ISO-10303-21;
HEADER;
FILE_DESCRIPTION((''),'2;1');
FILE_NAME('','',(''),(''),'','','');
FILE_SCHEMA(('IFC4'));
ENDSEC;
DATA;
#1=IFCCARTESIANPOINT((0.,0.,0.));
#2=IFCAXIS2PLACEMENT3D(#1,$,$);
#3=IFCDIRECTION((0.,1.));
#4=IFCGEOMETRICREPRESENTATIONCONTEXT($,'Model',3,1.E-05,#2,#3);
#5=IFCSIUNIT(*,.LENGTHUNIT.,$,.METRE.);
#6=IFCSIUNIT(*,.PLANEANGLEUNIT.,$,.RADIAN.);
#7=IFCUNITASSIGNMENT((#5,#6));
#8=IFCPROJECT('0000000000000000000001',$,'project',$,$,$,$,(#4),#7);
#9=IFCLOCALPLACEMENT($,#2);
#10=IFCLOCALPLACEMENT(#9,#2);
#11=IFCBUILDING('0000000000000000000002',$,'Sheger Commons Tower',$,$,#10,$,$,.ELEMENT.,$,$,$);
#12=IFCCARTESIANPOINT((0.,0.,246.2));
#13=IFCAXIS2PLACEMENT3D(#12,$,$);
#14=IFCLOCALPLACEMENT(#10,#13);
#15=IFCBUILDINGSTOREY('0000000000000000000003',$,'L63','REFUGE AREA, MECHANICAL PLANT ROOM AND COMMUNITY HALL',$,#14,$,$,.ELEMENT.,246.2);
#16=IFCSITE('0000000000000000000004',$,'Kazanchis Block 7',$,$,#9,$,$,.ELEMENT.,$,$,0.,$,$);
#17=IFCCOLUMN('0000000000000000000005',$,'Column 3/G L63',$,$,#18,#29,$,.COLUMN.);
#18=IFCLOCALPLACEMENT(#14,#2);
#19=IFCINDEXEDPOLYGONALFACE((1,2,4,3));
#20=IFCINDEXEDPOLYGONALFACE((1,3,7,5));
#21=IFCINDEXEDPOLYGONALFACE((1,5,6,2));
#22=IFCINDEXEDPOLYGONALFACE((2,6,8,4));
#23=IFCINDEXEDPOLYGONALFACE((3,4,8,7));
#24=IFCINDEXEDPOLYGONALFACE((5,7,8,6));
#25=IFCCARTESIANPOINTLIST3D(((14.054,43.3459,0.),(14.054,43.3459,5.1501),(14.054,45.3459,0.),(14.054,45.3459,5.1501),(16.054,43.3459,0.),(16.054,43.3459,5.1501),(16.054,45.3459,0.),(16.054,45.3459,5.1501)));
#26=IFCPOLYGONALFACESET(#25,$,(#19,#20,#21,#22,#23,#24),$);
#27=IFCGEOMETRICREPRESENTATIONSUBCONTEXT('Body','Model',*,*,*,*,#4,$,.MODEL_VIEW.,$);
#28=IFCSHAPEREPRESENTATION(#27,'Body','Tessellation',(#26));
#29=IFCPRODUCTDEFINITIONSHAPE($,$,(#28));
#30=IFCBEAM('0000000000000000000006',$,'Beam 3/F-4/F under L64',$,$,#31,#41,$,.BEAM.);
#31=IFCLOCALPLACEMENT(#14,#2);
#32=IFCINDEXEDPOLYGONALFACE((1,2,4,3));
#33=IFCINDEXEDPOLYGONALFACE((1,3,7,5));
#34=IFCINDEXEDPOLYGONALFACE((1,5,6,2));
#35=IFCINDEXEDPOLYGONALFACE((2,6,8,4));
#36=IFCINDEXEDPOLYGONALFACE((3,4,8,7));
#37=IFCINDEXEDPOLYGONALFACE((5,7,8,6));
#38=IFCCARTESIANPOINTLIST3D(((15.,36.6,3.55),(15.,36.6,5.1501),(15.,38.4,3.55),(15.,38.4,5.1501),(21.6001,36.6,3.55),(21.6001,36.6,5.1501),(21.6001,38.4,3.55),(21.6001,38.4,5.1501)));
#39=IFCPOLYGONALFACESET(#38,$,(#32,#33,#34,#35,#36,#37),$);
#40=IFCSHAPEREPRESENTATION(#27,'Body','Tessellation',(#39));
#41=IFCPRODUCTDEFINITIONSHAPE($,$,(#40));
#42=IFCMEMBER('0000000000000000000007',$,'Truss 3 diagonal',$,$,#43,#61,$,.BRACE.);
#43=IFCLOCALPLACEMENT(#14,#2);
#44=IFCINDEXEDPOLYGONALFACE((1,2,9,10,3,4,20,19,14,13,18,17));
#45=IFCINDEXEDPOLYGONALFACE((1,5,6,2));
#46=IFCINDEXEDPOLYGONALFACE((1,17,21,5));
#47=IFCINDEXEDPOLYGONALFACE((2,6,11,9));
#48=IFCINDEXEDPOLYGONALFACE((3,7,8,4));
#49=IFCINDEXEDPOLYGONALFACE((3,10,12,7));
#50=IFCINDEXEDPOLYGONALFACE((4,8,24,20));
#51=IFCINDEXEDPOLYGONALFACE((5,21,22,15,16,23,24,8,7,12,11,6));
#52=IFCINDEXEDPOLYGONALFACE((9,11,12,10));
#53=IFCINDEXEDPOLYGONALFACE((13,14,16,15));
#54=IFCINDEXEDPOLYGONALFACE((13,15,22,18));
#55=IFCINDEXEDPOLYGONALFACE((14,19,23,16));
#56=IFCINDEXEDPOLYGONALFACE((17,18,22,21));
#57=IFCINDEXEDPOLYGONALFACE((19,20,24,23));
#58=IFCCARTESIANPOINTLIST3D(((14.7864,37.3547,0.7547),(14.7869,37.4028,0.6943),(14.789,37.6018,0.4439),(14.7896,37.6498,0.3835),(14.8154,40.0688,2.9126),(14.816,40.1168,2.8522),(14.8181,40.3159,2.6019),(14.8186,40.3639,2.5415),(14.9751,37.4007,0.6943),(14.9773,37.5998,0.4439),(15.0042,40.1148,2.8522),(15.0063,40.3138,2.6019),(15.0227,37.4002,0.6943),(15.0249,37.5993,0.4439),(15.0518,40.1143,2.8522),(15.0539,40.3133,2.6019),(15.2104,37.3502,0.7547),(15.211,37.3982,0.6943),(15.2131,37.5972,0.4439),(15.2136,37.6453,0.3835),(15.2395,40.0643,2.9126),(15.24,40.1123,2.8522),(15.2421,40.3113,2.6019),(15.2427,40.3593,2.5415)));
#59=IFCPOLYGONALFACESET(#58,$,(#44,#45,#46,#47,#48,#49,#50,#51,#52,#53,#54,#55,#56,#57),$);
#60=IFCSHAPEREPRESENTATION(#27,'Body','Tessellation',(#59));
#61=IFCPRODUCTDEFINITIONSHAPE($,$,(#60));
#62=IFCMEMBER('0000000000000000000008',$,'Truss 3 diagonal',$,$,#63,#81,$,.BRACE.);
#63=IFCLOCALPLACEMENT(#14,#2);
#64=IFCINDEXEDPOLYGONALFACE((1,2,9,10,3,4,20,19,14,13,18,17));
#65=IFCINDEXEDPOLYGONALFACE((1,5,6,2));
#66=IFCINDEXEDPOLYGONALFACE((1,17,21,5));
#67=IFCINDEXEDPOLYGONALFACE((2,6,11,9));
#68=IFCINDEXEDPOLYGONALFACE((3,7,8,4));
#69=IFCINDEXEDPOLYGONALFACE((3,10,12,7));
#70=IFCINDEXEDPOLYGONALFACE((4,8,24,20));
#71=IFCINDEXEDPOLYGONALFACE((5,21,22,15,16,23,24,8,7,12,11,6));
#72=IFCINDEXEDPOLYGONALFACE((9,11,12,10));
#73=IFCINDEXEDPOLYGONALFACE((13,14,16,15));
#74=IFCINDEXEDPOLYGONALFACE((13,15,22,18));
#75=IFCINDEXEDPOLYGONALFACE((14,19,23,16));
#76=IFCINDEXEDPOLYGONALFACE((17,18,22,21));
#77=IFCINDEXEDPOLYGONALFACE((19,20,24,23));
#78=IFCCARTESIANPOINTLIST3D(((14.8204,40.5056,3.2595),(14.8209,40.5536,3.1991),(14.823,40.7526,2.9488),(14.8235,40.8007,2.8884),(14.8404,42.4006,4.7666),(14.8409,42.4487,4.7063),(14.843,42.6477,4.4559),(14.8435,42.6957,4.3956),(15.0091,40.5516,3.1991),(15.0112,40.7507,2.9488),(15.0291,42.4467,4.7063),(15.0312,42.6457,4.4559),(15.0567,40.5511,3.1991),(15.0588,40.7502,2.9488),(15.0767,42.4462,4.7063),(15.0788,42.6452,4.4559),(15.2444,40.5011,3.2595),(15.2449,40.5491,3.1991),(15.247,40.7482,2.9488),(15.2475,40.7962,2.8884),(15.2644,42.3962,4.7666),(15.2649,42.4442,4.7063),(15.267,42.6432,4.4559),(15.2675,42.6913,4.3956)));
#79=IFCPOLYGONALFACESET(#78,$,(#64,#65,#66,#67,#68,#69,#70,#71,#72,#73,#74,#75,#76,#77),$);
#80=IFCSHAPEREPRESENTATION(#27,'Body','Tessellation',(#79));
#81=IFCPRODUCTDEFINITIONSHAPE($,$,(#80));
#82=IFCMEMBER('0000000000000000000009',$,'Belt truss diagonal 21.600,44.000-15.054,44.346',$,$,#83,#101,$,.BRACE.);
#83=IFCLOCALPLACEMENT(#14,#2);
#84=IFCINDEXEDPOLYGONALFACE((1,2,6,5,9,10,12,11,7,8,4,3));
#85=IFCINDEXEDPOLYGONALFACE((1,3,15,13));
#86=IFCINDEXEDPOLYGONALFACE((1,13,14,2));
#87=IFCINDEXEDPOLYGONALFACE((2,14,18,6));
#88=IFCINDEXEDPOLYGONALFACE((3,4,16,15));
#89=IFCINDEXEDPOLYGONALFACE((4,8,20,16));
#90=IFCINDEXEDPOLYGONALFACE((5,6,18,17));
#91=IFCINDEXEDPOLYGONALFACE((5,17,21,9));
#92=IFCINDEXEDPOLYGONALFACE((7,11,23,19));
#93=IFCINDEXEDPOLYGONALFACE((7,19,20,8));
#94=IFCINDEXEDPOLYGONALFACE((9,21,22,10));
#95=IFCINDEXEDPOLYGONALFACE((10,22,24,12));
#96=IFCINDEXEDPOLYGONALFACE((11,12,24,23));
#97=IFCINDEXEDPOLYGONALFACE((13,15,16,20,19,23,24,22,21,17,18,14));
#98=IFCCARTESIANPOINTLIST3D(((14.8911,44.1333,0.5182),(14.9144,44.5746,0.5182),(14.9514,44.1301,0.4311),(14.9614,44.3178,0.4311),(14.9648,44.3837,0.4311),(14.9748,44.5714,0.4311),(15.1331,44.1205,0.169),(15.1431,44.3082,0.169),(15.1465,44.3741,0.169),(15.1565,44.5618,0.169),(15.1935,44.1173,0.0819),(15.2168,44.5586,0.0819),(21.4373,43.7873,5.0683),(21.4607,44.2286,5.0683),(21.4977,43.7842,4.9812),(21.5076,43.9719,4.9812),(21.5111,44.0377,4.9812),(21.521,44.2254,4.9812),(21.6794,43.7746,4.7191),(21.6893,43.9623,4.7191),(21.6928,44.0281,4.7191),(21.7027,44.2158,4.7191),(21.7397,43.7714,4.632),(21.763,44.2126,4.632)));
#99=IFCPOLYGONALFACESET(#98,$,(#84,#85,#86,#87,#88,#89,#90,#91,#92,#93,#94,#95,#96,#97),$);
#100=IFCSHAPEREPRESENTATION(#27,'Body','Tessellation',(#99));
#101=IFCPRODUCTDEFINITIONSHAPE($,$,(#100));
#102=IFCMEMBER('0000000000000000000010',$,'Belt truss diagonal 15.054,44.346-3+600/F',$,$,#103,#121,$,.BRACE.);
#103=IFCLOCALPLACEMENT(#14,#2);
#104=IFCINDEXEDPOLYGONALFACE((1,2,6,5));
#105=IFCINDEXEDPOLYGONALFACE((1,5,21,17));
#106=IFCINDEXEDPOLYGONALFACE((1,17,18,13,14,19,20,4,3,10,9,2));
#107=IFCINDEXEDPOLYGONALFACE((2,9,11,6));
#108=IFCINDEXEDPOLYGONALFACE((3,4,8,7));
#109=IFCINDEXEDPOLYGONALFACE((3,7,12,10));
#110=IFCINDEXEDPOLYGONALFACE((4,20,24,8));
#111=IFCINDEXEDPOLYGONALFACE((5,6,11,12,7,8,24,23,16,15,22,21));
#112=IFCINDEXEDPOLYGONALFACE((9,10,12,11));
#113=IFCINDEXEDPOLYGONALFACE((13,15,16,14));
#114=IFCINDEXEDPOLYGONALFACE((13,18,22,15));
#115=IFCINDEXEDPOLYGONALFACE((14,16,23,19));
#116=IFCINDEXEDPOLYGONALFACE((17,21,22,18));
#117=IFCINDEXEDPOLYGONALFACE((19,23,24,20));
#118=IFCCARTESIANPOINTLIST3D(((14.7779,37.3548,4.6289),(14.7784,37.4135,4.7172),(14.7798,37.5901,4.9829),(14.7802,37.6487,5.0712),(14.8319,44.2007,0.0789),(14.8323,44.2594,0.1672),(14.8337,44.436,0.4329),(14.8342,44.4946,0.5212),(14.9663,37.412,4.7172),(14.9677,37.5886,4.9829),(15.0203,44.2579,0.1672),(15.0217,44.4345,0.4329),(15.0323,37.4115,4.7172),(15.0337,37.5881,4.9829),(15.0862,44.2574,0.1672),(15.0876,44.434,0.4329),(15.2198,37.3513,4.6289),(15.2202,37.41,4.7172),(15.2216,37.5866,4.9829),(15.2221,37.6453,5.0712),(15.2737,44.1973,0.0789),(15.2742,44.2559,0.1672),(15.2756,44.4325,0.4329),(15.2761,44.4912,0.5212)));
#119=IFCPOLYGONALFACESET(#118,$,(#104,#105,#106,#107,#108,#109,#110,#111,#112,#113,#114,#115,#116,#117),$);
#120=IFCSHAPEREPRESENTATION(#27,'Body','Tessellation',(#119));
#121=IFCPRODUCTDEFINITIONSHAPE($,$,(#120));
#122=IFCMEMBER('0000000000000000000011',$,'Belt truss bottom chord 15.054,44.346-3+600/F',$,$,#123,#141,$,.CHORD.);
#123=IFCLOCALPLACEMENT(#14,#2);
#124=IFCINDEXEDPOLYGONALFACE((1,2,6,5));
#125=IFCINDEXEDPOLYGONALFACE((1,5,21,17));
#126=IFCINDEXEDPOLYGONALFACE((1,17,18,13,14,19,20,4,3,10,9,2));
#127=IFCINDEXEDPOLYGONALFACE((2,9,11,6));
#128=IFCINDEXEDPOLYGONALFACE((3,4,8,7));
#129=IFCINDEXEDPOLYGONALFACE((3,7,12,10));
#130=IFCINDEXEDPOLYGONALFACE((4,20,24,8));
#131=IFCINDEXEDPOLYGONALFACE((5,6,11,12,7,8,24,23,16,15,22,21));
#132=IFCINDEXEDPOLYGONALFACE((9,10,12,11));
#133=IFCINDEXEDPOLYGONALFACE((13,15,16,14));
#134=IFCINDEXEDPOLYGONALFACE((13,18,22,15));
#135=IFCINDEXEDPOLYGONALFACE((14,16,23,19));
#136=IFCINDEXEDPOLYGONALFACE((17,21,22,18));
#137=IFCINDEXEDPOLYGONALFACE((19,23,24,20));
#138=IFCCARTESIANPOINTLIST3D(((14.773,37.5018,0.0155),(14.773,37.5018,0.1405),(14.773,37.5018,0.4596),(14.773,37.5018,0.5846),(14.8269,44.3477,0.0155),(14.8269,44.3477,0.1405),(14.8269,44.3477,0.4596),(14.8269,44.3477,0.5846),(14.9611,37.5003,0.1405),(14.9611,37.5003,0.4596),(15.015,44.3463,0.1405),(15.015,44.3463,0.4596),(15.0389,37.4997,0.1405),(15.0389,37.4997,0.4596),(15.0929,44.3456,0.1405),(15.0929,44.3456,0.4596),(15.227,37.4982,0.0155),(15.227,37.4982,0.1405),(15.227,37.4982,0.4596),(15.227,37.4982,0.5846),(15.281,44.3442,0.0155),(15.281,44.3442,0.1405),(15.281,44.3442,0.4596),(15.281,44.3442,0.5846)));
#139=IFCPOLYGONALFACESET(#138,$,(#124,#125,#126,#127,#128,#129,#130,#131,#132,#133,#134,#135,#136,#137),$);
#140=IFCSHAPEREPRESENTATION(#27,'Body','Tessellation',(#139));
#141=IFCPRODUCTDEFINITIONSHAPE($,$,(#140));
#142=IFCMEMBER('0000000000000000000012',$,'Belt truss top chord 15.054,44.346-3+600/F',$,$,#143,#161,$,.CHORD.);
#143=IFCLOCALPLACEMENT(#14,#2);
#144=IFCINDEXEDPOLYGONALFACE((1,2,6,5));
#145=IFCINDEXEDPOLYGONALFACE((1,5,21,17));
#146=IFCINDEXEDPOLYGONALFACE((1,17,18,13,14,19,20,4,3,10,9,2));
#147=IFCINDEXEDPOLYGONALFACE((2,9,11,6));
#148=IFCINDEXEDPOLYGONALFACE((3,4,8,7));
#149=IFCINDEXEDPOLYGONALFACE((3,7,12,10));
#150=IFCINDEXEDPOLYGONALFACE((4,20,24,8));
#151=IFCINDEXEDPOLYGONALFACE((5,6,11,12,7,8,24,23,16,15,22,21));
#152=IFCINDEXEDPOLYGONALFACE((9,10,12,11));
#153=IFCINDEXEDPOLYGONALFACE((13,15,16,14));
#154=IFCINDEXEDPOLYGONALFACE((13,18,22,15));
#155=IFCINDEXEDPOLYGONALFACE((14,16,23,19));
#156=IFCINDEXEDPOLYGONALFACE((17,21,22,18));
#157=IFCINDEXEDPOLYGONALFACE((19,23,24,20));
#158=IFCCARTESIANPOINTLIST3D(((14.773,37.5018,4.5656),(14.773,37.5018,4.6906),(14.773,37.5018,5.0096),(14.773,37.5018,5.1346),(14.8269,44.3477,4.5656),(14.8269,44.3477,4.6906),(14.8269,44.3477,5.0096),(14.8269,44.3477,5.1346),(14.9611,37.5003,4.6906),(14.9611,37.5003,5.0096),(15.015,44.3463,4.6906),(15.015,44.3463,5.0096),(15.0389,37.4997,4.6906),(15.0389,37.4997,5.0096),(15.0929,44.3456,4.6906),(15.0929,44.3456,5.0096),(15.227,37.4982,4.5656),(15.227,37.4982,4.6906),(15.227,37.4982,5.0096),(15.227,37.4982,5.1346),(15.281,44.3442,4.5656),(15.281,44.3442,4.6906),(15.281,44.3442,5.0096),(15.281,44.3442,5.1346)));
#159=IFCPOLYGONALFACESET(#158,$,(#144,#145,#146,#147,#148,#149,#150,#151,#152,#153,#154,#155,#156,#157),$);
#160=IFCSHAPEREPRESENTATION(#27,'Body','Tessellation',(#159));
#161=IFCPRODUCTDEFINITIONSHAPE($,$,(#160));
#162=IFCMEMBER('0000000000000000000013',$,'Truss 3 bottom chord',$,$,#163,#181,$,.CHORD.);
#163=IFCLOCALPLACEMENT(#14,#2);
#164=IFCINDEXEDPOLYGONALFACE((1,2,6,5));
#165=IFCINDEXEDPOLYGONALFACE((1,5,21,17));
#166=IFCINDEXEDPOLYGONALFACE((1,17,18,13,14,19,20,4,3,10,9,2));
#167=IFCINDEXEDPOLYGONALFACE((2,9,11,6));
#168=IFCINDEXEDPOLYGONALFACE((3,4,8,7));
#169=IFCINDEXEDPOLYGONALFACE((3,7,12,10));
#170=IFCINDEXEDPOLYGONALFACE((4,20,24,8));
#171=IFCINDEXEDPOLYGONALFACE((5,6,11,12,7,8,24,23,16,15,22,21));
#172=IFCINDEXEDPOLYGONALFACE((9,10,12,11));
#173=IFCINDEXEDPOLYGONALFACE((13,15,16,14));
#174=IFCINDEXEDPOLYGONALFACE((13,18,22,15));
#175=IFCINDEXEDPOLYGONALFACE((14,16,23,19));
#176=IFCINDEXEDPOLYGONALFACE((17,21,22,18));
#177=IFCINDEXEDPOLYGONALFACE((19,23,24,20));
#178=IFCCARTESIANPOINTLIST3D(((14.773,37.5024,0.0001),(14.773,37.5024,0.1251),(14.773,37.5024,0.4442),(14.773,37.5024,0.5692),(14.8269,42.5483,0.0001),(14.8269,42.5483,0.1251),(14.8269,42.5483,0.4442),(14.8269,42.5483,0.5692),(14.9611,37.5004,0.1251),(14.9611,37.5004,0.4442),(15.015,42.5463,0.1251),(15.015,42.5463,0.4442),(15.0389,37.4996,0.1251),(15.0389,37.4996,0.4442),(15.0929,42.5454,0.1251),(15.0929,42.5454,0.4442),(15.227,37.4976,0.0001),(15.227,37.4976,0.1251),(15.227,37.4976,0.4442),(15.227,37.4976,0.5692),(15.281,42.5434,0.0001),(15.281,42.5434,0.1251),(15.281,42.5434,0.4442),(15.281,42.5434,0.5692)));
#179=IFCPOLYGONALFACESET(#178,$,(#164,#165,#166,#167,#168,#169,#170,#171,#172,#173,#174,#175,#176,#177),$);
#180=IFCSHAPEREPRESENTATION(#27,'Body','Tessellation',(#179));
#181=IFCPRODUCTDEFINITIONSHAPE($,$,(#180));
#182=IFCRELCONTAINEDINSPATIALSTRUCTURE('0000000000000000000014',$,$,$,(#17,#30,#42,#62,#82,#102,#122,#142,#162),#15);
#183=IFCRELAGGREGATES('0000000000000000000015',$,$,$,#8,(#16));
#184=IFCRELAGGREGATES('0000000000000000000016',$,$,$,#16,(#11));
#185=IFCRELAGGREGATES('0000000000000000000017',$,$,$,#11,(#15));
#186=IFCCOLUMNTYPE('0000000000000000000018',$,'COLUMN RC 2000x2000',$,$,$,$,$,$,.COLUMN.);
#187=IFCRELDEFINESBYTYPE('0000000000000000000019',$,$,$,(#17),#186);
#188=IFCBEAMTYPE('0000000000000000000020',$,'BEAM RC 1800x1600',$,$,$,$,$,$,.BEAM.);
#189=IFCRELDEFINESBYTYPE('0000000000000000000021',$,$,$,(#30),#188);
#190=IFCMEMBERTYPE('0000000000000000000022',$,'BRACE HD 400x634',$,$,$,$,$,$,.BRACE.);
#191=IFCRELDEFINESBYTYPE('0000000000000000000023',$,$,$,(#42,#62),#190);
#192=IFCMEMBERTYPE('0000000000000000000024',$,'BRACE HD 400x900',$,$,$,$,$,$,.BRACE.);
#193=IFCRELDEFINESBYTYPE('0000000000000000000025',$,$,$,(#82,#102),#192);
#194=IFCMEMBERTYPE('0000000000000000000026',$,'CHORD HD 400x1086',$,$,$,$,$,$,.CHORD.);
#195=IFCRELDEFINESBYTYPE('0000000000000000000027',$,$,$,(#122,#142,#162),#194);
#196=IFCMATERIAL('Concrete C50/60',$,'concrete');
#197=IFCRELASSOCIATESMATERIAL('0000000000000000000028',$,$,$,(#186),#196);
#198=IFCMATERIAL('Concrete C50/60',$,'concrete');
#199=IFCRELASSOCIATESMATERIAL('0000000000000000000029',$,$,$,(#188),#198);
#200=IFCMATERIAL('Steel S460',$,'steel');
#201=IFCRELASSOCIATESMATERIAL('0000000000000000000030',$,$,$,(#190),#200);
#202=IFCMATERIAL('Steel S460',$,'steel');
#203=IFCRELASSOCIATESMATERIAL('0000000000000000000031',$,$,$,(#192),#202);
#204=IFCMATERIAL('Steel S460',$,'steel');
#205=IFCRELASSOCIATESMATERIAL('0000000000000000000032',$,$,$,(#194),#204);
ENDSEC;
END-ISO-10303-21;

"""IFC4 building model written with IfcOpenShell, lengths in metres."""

from ifc_helpers import new_model, si_unit, direction, frame, origin, origin_2d, place, context, subcontext, project, spatial, rectangle, i_section, extrude, material, material_profile, profile_set, type_object, element, save


model = new_model("IFC4")

# Units and contexts
model_context = context("Model", 3, precision=1e-05, world=origin(), true_north=direction((0.0, 1.0)))
body_context = subcontext(model_context, "Body", "Model", "MODEL_VIEW")
ifc_project = project(units=[si_unit("LENGTHUNIT", "METRE"), si_unit("PLANEANGLEUNIT", "RADIAN")], contexts=[model_context])

# Site, building, storey
site_placement = place(None, origin())
site = spatial("IfcSite", under=ifc_project, at=site_placement, Name="Kazanchis Block 7", CompositionType="ELEMENT", RefElevation=0.0)
building_placement = place(site_placement, origin())
building = spatial("IfcBuilding", under=site, at=building_placement, Name="Sheger Commons Tower", CompositionType="ELEMENT")
storey_placement = place(building_placement, frame((0.0, 0.0, 246.2)))
storey = spatial("IfcBuildingStorey", under=building, at=storey_placement, Name="L63", Description="REFUGE AREA, MECHANICAL PLANT ROOM AND COMMUNITY HALL", CompositionType="ELEMENT", Elevation=246.2)

# Column
ifc_material_1 = material(Name="Concrete C50/60", Category="concrete")
ifc_material_profile_1 = material_profile(ifc_material_1, rectangle(XDim=2.0, YDim=2.0, at=origin_2d()), Name="RC 2000x2000")
ifc_profile_set_1 = profile_set([ifc_material_profile_1], Name="Concrete C50/60")
column_type = type_object("IfcColumnType", Name="COLUMN RC 2000x2000", PredefinedType="COLUMN", material=ifc_profile_set_1)
column_placement = place(storey_placement, frame((15.054, 44.3459, 0.0), z_axis=(0.0, 0.0, 1.0), x_axis=(1.0, 0.0, 0.0)))
element("IfcColumn", 1, at=column_placement, inside=storey, type_object=column_type, Name="Column 3/G L63", PredefinedType="COLUMN", context=body_context, shape_type="SweptSolid", body=[
    extrude(rectangle(XDim=2.0, YDim=2.0, at=origin_2d()), origin(), (0.0, 0.0, 1.0), 5.1501),
])

# Beam
ifc_material_2 = material(Name="Concrete C50/60", Category="concrete")
ifc_material_profile_2 = material_profile(ifc_material_2, rectangle(XDim=1.8, YDim=1.6001, at=origin_2d()), Name="RC 1800x1600")
ifc_profile_set_2 = profile_set([ifc_material_profile_2], Name="Concrete C50/60")
beam_type = type_object("IfcBeamType", Name="BEAM RC 1800x1600", PredefinedType="BEAM", material=ifc_profile_set_2)
beam_placement = place(storey_placement, frame((15.0, 37.5, 4.3501), z_axis=(1.0, 0.0, 0.0), x_axis=(0.0, 1.0, 0.0)))
element("IfcBeam", 2, at=beam_placement, inside=storey, type_object=beam_type, Name="Beam 3/F-4/F under L64", PredefinedType="BEAM", context=body_context, shape_type="SweptSolid", body=[
    extrude(rectangle(XDim=1.8, YDim=1.6001, at=origin_2d()), origin(), (0.0, 0.0, 1.0), 6.6001),
])

# Members
ifc_material_3 = material(Name="Steel S460", Category="steel")
ifc_material_profile_3 = material_profile(ifc_material_3, i_section(OverallWidth=0.4241, OverallDepth=0.4741, WebThickness=0.0476, FlangeThickness=0.0771, at=origin_2d()), Name="HD 400x634")
ifc_profile_set_3 = profile_set([ifc_material_profile_3], Name="Steel S460")
member_type_1 = type_object("IfcMemberType", Name="BRACE HD 400x634", PredefinedType="BRACE", material=ifc_profile_set_3)
member_1_placement = place(storey_placement, frame((15.0, 37.5, 0.5691), z_axis=(0.008378, 0.782713, 0.622326), x_axis=(-0.999943, 0.010704, 0.0)))
element("IfcMember", 3, at=member_1_placement, inside=storey, type_object=member_type_1, Name="Truss 3 diagonal", PredefinedType="BRACE", context=body_context, shape_type="SweptSolid", body=[
    extrude(i_section(OverallWidth=0.4241, OverallDepth=0.4741, WebThickness=0.0476, FlangeThickness=0.0771, at=origin_2d()), origin(), (0.0, 0.0, 1.0), 3.4675),
])
member_2_placement = place(storey_placement, frame((15.0339, 40.6509, 3.074), z_axis=(0.008268, 0.782639, 0.622421), x_axis=(-0.999944, 0.010564, 0.0)))
element("IfcMember", 4, at=member_2_placement, inside=storey, type_object=member_type_1, Name="Truss 3 diagonal", PredefinedType="BRACE", context=body_context, shape_type="SweptSolid", body=[
    extrude(i_section(OverallWidth=0.4241, OverallDepth=0.4741, WebThickness=0.0476, FlangeThickness=0.0771, at=origin_2d()), origin(), (0.0, 0.0, 1.0), 2.4214),
])
ifc_material_4 = material(Name="Steel S460", Category="steel")
ifc_material_profile_4 = material_profile(ifc_material_4, i_section(OverallWidth=0.4419, OverallDepth=0.531, WebThickness=0.0659, FlangeThickness=0.106, at=origin_2d()), Name="HD 400x900")
ifc_profile_set_4 = profile_set([ifc_material_profile_4], Name="Steel S460")
member_type_2 = type_object("IfcMemberType", Name="BRACE HD 400x900", PredefinedType="BRACE", material=ifc_profile_set_4)
member_3_placement = place(storey_placement, frame((15.054, 44.3459, 0.3), z_axis=(0.820356, -0.043354, 0.570207), x_axis=(0.052774, 0.998606, 0.0)))
element("IfcMember", 5, at=member_3_placement, inside=storey, type_object=member_type_2, Name="Belt truss diagonal 21.600,44.000-15.054,44.346", PredefinedType="BRACE", context=body_context, shape_type="SweptSolid", body=[
    extrude(i_section(OverallWidth=0.4419, OverallDepth=0.531, WebThickness=0.0659, FlangeThickness=0.106, at=origin_2d()), origin(), (0.0, 0.0, 1.0), 7.9797),
])
member_4_placement = place(storey_placement, frame((15.054, 44.3459, 0.3), z_axis=(-0.006564, -0.832813, 0.553516), x_axis=(0.999969, -0.007881, 0.0)))
element("IfcMember", 6, at=member_4_placement, inside=storey, type_object=member_type_2, Name="Belt truss diagonal 15.054,44.346-3+600/F", PredefinedType="BRACE", context=body_context, shape_type="SweptSolid", body=[
    extrude(i_section(OverallWidth=0.4419, OverallDepth=0.531, WebThickness=0.0659, FlangeThickness=0.106, at=origin_2d()), origin(), (0.0, 0.0, 1.0), 8.2202),
])
ifc_material_5 = material(Name="Steel S460", Category="steel")
ifc_material_profile_5 = material_profile(ifc_material_5, i_section(OverallWidth=0.4541, OverallDepth=0.5691, WebThickness=0.0779, FlangeThickness=0.125, at=origin_2d()), Name="HD 400x1086")
ifc_profile_set_5 = profile_set([ifc_material_profile_5], Name="Steel S460")
member_type_3 = type_object("IfcMemberType", Name="CHORD HD 400x1086", PredefinedType="CHORD", material=ifc_profile_set_5)
for number, where, z_axis, x_axis, name in (
    (7, (15.054, 44.3459, 0.3), (-0.007881, -0.999969, 0.0), (0.999969, -0.007881, 0.0), "Belt truss bottom chord 15.054,44.346-3+600/F"),
    (8, (15.054, 44.3459, 4.8501), (-0.007881, -0.999969, 0.0), (0.999969, -0.007881, 0.0), "Belt truss top chord 15.054,44.346-3+600/F"),
):
    element("IfcMember", number, at=place(storey_placement, frame(where, z_axis=z_axis, x_axis=x_axis)), inside=storey, type_object=member_type_3, Name=name, PredefinedType="CHORD", context=body_context, shape_type="SweptSolid", body=[
        extrude(i_section(OverallWidth=0.4541, OverallDepth=0.5691, WebThickness=0.0779, FlangeThickness=0.125, at=origin_2d()), origin(), (0.0, 0.0, 1.0), 6.8462),
    ])
member_5_placement = place(storey_placement, frame((15.0, 37.5, 0.2847), z_axis=(0.010692, 0.999943, 0.0), x_axis=(-0.999943, 0.010692, 0.0)))
element("IfcMember", 9, at=member_5_placement, inside=storey, type_object=member_type_3, Name="Truss 3 bottom chord", PredefinedType="CHORD", context=body_context, shape_type="SweptSolid", body=[
    extrude(i_section(OverallWidth=0.4541, OverallDepth=0.5691, WebThickness=0.0779, FlangeThickness=0.125, at=origin_2d()), origin(), (0.0, 0.0, 1.0), 5.0461),
])

save(model, "model.ifc")
